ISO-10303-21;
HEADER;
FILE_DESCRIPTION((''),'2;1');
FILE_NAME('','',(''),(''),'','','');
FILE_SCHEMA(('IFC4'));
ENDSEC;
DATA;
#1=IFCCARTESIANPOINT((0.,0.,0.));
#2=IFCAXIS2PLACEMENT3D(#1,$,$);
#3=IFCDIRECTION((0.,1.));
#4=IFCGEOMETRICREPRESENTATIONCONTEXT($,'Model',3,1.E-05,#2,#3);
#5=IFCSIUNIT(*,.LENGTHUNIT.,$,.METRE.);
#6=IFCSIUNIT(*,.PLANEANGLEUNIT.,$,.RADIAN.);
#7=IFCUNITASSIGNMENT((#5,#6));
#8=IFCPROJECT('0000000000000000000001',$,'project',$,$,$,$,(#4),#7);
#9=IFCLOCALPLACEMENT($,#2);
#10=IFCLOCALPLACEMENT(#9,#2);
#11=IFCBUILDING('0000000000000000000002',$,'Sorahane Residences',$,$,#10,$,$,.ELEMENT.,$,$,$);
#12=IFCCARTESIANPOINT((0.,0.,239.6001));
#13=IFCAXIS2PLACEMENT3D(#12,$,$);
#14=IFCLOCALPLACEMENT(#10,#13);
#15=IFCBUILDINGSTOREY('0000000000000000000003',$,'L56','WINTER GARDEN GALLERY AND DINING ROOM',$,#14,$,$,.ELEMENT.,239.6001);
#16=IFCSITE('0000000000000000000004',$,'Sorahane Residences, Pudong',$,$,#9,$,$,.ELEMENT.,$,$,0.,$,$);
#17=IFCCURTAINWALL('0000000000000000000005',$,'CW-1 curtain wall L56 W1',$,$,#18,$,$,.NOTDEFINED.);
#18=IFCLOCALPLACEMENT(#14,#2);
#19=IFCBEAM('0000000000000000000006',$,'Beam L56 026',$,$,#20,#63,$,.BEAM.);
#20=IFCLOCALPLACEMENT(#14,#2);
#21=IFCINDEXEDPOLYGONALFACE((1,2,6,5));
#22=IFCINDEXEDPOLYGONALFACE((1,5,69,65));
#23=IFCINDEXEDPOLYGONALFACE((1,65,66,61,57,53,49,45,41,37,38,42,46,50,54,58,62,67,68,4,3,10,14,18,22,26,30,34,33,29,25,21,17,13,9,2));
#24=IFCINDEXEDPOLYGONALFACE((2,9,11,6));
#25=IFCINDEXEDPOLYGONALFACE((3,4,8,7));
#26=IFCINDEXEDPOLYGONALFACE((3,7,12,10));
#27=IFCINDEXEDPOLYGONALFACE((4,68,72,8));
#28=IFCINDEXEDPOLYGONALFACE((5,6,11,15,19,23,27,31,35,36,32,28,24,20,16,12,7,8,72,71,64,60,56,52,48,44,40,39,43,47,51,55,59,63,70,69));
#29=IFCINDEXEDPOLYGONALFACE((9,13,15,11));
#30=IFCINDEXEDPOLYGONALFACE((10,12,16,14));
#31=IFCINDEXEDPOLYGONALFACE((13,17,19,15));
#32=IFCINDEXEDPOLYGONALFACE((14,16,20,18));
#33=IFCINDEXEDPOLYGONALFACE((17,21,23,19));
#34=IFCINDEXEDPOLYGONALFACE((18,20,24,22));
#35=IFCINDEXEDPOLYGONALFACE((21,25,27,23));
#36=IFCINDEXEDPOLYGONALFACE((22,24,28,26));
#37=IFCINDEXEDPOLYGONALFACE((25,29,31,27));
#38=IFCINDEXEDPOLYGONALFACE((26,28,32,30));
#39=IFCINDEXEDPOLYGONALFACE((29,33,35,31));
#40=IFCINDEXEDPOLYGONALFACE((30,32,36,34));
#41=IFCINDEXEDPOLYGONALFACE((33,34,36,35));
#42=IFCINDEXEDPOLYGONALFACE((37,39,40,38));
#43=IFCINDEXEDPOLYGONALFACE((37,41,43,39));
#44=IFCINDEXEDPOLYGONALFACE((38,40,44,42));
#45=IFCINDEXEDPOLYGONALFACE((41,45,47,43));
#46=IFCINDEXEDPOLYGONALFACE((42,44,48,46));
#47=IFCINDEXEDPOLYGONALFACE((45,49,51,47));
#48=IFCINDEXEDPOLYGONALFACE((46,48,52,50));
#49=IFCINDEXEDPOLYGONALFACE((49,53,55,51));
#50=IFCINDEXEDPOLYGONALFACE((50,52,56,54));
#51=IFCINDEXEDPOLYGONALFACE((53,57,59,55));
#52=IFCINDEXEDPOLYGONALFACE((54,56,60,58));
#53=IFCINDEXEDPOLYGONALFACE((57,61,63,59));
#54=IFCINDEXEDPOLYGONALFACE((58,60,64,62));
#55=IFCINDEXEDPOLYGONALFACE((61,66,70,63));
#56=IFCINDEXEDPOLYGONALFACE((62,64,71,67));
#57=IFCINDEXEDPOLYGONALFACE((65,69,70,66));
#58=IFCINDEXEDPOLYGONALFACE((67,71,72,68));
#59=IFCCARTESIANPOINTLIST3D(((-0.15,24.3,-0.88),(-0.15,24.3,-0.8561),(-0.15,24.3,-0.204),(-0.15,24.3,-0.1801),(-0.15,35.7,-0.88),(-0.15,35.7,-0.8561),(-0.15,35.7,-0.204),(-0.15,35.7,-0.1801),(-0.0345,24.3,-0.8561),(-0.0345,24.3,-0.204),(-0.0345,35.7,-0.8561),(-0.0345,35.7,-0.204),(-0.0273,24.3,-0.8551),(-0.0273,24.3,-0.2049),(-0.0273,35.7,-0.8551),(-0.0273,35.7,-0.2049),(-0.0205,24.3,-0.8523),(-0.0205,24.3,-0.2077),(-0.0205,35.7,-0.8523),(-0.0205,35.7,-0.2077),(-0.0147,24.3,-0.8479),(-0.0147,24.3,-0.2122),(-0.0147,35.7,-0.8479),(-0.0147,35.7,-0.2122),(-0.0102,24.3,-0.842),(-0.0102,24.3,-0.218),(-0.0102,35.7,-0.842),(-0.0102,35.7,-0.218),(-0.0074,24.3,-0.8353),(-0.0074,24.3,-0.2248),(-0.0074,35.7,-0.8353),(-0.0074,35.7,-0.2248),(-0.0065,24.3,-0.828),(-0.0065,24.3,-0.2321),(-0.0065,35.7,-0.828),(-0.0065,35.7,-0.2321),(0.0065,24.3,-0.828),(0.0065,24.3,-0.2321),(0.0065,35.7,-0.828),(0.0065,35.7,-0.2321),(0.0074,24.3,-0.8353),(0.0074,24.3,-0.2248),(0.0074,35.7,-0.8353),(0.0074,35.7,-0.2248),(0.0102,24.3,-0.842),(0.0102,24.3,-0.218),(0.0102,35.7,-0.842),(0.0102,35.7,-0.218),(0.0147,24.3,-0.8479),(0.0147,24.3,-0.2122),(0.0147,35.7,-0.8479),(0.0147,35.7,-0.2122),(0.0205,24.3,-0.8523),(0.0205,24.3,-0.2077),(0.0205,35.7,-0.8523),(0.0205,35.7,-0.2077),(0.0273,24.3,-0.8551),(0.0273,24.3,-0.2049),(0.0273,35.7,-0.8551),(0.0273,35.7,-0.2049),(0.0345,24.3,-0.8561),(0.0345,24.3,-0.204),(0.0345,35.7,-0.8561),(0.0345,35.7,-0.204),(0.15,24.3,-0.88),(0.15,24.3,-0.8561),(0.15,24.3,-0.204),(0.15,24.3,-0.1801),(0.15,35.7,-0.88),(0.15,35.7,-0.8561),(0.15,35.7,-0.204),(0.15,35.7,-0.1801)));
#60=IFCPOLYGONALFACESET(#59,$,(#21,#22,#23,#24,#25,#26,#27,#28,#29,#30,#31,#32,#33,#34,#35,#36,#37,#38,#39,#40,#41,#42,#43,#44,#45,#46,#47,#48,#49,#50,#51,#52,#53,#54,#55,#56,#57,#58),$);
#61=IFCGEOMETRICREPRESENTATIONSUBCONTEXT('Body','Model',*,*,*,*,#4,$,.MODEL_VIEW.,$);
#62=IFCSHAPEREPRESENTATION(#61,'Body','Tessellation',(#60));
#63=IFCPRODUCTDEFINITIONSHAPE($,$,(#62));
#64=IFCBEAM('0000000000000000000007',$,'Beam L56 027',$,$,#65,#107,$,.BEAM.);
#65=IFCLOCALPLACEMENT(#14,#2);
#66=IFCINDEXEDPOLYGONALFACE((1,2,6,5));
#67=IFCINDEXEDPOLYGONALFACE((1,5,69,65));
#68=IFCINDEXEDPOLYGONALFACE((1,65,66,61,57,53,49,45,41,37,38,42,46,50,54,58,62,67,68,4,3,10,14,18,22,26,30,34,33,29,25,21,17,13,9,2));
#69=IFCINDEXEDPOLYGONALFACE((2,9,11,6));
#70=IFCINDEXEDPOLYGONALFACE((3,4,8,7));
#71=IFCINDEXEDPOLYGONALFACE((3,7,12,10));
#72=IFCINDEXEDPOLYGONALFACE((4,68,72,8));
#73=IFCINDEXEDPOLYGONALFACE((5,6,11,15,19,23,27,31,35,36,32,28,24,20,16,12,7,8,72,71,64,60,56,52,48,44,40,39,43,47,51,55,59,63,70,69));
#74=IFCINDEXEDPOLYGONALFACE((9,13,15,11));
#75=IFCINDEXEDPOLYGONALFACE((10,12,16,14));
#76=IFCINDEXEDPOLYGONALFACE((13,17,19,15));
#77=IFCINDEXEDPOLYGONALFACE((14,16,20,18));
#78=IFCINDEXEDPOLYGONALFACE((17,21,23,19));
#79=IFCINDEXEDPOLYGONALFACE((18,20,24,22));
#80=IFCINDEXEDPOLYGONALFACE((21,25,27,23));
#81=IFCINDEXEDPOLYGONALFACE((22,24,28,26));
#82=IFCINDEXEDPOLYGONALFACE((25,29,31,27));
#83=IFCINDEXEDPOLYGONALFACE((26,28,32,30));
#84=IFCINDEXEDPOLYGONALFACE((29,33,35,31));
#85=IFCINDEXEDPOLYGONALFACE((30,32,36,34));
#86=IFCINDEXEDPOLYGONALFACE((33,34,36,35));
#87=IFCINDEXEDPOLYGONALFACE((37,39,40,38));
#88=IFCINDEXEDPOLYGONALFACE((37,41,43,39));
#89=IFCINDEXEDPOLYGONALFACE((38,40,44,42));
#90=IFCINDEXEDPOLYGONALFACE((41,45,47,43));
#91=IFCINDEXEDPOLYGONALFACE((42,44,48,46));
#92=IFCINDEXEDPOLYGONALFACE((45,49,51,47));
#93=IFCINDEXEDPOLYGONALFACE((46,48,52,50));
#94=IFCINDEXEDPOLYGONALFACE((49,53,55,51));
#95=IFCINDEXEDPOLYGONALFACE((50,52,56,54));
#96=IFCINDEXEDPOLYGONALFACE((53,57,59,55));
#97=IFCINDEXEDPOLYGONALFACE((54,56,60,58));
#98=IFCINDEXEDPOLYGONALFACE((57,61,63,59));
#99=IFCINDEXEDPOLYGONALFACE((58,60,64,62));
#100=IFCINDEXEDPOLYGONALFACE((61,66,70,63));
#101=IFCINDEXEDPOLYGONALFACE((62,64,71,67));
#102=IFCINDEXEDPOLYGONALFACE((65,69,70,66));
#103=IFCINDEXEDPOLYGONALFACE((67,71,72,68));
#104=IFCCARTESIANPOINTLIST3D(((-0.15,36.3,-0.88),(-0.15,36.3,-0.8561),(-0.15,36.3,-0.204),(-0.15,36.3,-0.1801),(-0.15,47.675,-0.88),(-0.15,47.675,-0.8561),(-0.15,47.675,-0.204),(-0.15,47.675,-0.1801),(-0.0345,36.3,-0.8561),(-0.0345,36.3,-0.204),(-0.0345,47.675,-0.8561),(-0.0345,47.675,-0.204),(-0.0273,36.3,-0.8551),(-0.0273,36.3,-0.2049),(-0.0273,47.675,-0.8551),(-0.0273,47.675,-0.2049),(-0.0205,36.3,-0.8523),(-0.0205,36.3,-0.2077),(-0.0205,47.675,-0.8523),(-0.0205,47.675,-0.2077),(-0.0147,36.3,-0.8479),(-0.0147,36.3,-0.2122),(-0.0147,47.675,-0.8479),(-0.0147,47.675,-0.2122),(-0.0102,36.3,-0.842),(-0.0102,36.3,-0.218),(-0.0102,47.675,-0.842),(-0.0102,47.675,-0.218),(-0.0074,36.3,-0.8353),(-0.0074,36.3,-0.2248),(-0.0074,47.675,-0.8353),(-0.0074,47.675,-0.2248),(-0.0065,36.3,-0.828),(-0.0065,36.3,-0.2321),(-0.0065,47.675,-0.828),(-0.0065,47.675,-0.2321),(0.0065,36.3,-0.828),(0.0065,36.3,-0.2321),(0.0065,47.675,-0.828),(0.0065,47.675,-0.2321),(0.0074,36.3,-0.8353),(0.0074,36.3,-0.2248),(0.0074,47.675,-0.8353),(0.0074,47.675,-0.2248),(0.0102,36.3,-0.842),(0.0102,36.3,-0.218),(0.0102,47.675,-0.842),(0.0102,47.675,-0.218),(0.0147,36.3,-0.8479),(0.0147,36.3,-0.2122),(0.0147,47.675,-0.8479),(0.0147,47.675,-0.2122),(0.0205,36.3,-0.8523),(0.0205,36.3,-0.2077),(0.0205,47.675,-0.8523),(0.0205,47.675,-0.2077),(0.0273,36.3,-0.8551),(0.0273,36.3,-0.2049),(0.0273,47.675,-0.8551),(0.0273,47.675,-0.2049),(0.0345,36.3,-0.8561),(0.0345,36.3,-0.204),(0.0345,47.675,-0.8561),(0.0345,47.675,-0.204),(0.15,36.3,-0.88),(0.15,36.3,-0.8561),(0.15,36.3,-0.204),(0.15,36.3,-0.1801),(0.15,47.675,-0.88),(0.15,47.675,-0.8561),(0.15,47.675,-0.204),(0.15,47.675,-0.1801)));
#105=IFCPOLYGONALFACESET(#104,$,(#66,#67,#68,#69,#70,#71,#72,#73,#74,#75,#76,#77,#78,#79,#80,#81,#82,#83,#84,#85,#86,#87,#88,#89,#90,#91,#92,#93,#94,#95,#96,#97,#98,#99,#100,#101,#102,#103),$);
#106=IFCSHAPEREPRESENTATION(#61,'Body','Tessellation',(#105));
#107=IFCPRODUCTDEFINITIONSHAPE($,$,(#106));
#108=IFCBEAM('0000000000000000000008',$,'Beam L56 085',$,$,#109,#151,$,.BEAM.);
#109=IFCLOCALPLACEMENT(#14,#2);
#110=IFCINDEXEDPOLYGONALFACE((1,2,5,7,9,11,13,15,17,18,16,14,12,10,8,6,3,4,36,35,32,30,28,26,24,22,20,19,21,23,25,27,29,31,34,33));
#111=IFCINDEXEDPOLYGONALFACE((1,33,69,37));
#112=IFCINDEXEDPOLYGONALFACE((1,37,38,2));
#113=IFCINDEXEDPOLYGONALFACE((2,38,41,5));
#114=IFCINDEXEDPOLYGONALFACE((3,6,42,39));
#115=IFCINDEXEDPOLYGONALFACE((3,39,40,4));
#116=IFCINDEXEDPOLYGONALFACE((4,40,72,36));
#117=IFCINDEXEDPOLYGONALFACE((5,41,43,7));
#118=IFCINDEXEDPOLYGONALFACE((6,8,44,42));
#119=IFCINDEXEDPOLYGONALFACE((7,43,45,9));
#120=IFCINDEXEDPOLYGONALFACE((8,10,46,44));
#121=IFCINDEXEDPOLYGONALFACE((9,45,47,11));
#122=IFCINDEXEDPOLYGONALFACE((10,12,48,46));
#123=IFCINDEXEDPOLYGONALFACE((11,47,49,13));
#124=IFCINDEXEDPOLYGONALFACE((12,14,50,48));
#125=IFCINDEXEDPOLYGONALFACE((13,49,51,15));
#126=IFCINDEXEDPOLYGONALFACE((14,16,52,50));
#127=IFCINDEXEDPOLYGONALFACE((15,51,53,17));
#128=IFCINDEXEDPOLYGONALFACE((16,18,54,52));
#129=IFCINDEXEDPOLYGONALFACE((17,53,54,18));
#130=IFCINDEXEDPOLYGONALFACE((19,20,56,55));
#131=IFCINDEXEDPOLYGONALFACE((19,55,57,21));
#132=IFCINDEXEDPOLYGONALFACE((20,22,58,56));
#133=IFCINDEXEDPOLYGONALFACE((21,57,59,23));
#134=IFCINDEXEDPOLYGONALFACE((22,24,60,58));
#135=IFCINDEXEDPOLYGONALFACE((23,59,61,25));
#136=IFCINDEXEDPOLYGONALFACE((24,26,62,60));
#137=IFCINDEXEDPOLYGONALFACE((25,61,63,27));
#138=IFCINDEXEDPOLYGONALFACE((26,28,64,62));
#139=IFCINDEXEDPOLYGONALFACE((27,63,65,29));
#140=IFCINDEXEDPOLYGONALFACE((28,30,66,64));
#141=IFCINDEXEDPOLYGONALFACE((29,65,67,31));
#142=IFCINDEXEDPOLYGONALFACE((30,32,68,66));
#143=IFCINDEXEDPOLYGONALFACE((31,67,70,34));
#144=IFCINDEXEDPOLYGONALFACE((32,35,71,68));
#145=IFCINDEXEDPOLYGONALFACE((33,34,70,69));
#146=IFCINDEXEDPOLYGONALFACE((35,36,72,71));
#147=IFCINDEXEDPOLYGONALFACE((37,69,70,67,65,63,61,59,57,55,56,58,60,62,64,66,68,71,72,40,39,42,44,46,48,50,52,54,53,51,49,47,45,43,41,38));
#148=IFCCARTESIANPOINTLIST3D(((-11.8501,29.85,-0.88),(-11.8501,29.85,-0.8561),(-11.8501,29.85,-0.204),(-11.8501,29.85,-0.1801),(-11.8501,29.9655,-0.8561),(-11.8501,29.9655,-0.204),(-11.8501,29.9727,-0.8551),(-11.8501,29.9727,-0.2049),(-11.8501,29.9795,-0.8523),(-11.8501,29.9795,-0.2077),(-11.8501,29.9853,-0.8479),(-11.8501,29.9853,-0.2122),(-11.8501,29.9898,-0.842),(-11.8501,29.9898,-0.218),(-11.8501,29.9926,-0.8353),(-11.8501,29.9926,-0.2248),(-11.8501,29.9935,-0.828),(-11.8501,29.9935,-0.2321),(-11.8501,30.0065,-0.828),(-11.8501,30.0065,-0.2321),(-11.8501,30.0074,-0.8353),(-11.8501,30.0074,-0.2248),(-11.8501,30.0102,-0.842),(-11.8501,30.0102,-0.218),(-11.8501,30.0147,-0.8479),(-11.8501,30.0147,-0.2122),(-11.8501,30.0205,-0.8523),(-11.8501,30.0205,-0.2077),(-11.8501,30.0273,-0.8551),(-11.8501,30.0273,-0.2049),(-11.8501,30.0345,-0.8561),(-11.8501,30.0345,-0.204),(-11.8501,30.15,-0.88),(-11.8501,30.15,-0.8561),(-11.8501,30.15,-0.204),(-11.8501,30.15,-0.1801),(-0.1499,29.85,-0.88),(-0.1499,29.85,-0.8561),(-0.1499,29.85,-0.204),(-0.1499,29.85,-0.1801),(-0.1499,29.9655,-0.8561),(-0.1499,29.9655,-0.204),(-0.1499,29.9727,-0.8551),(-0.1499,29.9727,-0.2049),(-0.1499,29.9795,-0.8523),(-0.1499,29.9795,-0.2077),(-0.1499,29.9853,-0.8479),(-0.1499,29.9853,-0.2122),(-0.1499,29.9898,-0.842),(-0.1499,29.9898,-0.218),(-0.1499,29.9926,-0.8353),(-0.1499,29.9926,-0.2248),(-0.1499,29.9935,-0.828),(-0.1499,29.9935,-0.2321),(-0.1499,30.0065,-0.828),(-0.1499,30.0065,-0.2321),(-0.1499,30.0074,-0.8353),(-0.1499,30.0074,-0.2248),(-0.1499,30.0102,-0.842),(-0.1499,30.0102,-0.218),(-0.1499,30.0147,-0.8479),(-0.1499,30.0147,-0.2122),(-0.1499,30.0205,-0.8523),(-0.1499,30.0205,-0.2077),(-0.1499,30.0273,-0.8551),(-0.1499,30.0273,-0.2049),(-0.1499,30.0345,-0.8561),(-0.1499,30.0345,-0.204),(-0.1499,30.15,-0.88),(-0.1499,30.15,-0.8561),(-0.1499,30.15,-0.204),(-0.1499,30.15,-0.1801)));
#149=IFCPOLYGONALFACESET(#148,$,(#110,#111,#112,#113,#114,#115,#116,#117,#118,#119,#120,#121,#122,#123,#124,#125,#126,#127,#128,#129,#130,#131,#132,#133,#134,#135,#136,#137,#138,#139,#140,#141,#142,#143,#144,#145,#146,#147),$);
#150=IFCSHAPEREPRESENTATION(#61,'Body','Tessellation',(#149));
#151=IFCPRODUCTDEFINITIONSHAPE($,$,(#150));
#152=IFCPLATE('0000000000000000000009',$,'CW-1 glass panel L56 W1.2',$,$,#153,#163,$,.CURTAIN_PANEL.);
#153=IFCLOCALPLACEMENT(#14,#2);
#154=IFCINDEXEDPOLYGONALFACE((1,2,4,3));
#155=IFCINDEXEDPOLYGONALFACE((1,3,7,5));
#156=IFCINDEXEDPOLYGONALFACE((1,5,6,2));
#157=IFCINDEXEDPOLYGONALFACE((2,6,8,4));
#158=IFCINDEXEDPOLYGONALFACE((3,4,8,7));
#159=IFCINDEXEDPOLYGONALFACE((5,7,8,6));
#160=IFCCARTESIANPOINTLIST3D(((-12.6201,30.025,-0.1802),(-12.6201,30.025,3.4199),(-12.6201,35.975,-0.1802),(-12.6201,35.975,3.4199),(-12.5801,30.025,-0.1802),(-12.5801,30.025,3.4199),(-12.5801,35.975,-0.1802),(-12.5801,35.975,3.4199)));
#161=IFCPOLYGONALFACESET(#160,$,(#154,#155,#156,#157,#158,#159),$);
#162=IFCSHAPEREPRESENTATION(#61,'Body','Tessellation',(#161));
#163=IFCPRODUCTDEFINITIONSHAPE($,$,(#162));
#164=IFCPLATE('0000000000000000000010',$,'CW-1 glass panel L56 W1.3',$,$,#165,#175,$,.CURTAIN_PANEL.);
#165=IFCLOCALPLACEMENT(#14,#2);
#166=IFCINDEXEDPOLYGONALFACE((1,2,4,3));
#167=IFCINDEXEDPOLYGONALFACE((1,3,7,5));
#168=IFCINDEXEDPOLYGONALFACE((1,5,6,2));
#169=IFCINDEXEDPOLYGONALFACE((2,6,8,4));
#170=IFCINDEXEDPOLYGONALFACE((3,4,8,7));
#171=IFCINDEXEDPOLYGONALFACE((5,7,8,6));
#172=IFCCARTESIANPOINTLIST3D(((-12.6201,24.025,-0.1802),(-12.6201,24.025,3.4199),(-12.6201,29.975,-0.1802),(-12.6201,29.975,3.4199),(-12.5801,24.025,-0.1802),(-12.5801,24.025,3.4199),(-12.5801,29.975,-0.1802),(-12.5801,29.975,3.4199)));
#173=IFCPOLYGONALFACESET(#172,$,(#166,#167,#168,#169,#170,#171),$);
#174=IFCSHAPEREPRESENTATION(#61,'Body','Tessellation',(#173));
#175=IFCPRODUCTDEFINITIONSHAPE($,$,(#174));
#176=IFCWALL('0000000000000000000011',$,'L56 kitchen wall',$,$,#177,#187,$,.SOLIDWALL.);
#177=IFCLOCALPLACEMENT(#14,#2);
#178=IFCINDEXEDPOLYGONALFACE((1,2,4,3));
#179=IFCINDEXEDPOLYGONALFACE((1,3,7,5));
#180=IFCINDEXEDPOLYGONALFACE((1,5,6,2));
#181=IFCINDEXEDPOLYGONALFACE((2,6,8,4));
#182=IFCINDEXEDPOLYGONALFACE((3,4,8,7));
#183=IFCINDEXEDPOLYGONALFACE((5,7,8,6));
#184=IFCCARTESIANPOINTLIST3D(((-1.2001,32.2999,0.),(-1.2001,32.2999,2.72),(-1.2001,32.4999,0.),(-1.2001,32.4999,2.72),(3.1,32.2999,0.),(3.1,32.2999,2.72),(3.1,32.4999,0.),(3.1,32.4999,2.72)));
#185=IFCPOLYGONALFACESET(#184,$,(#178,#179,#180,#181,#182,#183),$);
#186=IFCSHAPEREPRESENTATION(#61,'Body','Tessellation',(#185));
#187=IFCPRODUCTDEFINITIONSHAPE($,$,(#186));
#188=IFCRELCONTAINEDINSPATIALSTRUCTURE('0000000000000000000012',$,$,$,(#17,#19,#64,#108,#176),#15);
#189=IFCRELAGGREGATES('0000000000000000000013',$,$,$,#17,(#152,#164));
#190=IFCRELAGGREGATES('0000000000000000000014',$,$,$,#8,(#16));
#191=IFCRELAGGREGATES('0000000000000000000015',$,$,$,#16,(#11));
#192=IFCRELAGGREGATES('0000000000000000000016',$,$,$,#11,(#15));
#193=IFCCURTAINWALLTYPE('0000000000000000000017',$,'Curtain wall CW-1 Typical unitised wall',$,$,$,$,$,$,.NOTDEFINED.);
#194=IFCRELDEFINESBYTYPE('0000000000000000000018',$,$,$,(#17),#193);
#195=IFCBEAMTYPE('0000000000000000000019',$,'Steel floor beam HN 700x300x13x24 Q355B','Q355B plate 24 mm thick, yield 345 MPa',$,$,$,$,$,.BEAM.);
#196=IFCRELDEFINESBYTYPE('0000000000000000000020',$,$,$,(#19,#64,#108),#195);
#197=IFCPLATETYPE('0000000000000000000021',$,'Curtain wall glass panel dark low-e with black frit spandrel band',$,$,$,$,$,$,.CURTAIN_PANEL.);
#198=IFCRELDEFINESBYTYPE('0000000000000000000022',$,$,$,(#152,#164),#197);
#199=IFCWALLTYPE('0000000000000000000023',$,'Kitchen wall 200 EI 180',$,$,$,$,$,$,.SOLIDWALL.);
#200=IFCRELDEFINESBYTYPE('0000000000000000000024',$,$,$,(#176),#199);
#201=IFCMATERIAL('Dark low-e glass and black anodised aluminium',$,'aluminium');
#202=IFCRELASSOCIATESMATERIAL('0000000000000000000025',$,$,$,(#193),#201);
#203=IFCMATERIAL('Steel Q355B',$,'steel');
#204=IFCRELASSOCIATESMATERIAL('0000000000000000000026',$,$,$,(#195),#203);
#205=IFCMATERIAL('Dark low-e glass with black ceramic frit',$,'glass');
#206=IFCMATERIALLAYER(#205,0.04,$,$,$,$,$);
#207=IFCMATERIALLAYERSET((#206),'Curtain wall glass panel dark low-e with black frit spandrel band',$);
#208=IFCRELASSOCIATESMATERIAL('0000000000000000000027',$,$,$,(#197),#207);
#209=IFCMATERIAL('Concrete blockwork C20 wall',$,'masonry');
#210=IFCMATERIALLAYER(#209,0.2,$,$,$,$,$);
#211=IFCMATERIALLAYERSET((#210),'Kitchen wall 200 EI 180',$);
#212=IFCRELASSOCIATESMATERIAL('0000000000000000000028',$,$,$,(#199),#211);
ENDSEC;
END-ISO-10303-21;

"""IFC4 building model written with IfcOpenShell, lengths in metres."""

from ifc_helpers import new_model, si_unit, direction, frame, frame_2d, origin, origin_2d, place, context, subcontext, project, spatial, rectangle, i_section, extrude, material, layer, layer_set, material_profile, profile_set, type_object, element, aggregate, save


model = new_model("IFC4")

# Units and contexts
model_context = context("Model", 3, precision=1e-05, world=origin(), true_north=direction((0.0, 1.0)))
body_context = subcontext(model_context, "Body", "Model", "MODEL_VIEW")
ifc_project = project(units=[si_unit("LENGTHUNIT", "METRE"), si_unit("PLANEANGLEUNIT", "RADIAN")], contexts=[model_context])

# Site, building, storey
site_placement = place(None, origin())
site = spatial("IfcSite", under=ifc_project, at=site_placement, Name="Sorahane Residences, Pudong", CompositionType="ELEMENT", RefElevation=0.0)
building_placement = place(site_placement, origin())
building = spatial("IfcBuilding", under=site, at=building_placement, Name="Sorahane Residences", CompositionType="ELEMENT")
storey_placement = place(building_placement, frame((0.0, 0.0, 239.6001)))
storey = spatial("IfcBuildingStorey", under=building, at=storey_placement, Name="L56", Description="WINTER GARDEN GALLERY AND DINING ROOM", CompositionType="ELEMENT", Elevation=239.6001)

# Curtain wall
ifc_material_1 = material(Name="Dark low-e glass and black anodised aluminium", Category="aluminium")
curtain_wall_type = type_object("IfcCurtainWallType", Name="Curtain wall CW-1 Typical unitised wall", PredefinedType="NOTDEFINED", material=ifc_material_1)
curtain_wall_placement = place(storey_placement, origin())
curtain_wall = element("IfcCurtainWall", 1, at=curtain_wall_placement, inside=storey, type_object=curtain_wall_type, Name="CW-1 curtain wall L56 W1", PredefinedType="NOTDEFINED")

# Beams
ifc_material_2 = material(Name="Steel Q355B", Category="steel")
ifc_material_profile_1 = material_profile(ifc_material_2, i_section(OverallWidth=0.3, OverallDepth=0.7, WebThickness=0.0129, FlangeThickness=0.0239, FilletRadius=0.0281, at=origin_2d()), Name="HN 700x300x13x24")
ifc_profile_set_1 = profile_set([ifc_material_profile_1], Name="Steel Q355B")
beam_type_1 = type_object("IfcBeamType", Name="Steel floor beam HN 700x300x13x24 Q355B", Description="Q355B plate 24 mm thick, yield 345 MPa", PredefinedType="BEAM", material=ifc_profile_set_1)
beam_1_placement = place(storey_placement, frame((0.0, 24.3, -0.53), z_axis=(0.0, 1.0, 0.0), x_axis=(-1.0, 0.0, 0.0)))
element("IfcBeam", 2, at=beam_1_placement, inside=storey, type_object=beam_type_1, Name="Beam L56 026", PredefinedType="BEAM", context=body_context, shape_type="SweptSolid", body=[
    extrude(i_section(OverallWidth=0.3, OverallDepth=0.7, WebThickness=0.0129, FlangeThickness=0.0239, FilletRadius=0.0281, at=origin_2d()), origin(), (0.0, 0.0, 1.0), 11.3999),
])
beam_2_placement = place(storey_placement, frame((0.0, 36.3, -0.53), z_axis=(0.0, 1.0, 0.0), x_axis=(-1.0, 0.0, 0.0)))
element("IfcBeam", 3, at=beam_2_placement, inside=storey, type_object=beam_type_1, Name="Beam L56 027", PredefinedType="BEAM", context=body_context, shape_type="SweptSolid", body=[
    extrude(i_section(OverallWidth=0.3, OverallDepth=0.7, WebThickness=0.0129, FlangeThickness=0.0239, FilletRadius=0.0281, at=origin_2d()), origin(), (0.0, 0.0, 1.0), 11.375),
])
beam_3_placement = place(storey_placement, frame((-11.8501, 30.0, -0.53), z_axis=(1.0, 0.0, 0.0), x_axis=(0.0, 1.0, 0.0)))
element("IfcBeam", 4, at=beam_3_placement, inside=storey, type_object=beam_type_1, Name="Beam L56 085", PredefinedType="BEAM", context=body_context, shape_type="SweptSolid", body=[
    extrude(i_section(OverallWidth=0.3, OverallDepth=0.7, WebThickness=0.0129, FlangeThickness=0.0239, FilletRadius=0.0281, at=origin_2d()), origin(), (0.0, 0.0, 1.0), 11.7002),
])

# Plates
ifc_material_3 = material(Name="Dark low-e glass with black ceramic frit", Category="glass")
ifc_layer_1 = layer(ifc_material_3, 0.04)
ifc_layer_set_1 = layer_set([ifc_layer_1], Name="Curtain wall glass panel dark low-e with black frit spandrel band")
plate_type = type_object("IfcPlateType", Name="Curtain wall glass panel dark low-e with black frit spandrel band", PredefinedType="CURTAIN_PANEL", material=ifc_layer_set_1)
plate_1_placement = place(storey_placement, frame((-12.6001, 33.0, -0.1802), z_axis=(0.0, 0.0, 1.0), x_axis=(0.0, -1.0, 0.0)))
plate_1 = element("IfcPlate", 5, at=plate_1_placement, type_object=plate_type, Name="CW-1 glass panel L56 W1.2", PredefinedType="CURTAIN_PANEL", context=body_context, shape_type="SweptSolid", body=[
    extrude(rectangle(XDim=5.95, YDim=0.04, at=origin_2d()), origin(), (0.0, 0.0, 1.0), 3.6001),
])
plate_2_placement = place(storey_placement, frame((-12.6001, 27.0, -0.1802), z_axis=(0.0, 0.0, 1.0), x_axis=(0.0, -1.0, 0.0)))
plate_2 = element("IfcPlate", 6, at=plate_2_placement, type_object=plate_type, Name="CW-1 glass panel L56 W1.3", PredefinedType="CURTAIN_PANEL", context=body_context, shape_type="SweptSolid", body=[
    extrude(rectangle(XDim=5.95, YDim=0.04, at=origin_2d()), origin(), (0.0, 0.0, 1.0), 3.6001),
])
aggregate(curtain_wall, [plate_1, plate_2])

# Shared definitions
ifc_material_4 = material(Name="Concrete blockwork C20 wall", Category="masonry")
ifc_layer_2 = layer(ifc_material_4, 0.2)
ifc_layer_set_2 = layer_set([ifc_layer_2], Name="Kitchen wall 200 EI 180")
wall_type_1 = type_object("IfcWallType", Name="Kitchen wall 200 EI 180", PredefinedType="SOLIDWALL", material=ifc_layer_set_2)

# Wall
wall_1_placement = place(storey_placement, frame((-1.2, 32.3999, 0.0), z_axis=(0.0, 0.0, 1.0), x_axis=(1.0, 0.0, 0.0)))
element("IfcWall", 7, at=wall_1_placement, inside=storey, type_object=wall_type_1, Name="L56 kitchen wall", PredefinedType="SOLIDWALL", context=body_context, shape_type="SweptSolid", body=[
    extrude(rectangle(XDim=4.3, YDim=0.2, at=frame_2d((2.1499, 0.0))), origin(), (0.0, 0.0, 1.0), 2.72),
])

save(model, "model.ifc")
